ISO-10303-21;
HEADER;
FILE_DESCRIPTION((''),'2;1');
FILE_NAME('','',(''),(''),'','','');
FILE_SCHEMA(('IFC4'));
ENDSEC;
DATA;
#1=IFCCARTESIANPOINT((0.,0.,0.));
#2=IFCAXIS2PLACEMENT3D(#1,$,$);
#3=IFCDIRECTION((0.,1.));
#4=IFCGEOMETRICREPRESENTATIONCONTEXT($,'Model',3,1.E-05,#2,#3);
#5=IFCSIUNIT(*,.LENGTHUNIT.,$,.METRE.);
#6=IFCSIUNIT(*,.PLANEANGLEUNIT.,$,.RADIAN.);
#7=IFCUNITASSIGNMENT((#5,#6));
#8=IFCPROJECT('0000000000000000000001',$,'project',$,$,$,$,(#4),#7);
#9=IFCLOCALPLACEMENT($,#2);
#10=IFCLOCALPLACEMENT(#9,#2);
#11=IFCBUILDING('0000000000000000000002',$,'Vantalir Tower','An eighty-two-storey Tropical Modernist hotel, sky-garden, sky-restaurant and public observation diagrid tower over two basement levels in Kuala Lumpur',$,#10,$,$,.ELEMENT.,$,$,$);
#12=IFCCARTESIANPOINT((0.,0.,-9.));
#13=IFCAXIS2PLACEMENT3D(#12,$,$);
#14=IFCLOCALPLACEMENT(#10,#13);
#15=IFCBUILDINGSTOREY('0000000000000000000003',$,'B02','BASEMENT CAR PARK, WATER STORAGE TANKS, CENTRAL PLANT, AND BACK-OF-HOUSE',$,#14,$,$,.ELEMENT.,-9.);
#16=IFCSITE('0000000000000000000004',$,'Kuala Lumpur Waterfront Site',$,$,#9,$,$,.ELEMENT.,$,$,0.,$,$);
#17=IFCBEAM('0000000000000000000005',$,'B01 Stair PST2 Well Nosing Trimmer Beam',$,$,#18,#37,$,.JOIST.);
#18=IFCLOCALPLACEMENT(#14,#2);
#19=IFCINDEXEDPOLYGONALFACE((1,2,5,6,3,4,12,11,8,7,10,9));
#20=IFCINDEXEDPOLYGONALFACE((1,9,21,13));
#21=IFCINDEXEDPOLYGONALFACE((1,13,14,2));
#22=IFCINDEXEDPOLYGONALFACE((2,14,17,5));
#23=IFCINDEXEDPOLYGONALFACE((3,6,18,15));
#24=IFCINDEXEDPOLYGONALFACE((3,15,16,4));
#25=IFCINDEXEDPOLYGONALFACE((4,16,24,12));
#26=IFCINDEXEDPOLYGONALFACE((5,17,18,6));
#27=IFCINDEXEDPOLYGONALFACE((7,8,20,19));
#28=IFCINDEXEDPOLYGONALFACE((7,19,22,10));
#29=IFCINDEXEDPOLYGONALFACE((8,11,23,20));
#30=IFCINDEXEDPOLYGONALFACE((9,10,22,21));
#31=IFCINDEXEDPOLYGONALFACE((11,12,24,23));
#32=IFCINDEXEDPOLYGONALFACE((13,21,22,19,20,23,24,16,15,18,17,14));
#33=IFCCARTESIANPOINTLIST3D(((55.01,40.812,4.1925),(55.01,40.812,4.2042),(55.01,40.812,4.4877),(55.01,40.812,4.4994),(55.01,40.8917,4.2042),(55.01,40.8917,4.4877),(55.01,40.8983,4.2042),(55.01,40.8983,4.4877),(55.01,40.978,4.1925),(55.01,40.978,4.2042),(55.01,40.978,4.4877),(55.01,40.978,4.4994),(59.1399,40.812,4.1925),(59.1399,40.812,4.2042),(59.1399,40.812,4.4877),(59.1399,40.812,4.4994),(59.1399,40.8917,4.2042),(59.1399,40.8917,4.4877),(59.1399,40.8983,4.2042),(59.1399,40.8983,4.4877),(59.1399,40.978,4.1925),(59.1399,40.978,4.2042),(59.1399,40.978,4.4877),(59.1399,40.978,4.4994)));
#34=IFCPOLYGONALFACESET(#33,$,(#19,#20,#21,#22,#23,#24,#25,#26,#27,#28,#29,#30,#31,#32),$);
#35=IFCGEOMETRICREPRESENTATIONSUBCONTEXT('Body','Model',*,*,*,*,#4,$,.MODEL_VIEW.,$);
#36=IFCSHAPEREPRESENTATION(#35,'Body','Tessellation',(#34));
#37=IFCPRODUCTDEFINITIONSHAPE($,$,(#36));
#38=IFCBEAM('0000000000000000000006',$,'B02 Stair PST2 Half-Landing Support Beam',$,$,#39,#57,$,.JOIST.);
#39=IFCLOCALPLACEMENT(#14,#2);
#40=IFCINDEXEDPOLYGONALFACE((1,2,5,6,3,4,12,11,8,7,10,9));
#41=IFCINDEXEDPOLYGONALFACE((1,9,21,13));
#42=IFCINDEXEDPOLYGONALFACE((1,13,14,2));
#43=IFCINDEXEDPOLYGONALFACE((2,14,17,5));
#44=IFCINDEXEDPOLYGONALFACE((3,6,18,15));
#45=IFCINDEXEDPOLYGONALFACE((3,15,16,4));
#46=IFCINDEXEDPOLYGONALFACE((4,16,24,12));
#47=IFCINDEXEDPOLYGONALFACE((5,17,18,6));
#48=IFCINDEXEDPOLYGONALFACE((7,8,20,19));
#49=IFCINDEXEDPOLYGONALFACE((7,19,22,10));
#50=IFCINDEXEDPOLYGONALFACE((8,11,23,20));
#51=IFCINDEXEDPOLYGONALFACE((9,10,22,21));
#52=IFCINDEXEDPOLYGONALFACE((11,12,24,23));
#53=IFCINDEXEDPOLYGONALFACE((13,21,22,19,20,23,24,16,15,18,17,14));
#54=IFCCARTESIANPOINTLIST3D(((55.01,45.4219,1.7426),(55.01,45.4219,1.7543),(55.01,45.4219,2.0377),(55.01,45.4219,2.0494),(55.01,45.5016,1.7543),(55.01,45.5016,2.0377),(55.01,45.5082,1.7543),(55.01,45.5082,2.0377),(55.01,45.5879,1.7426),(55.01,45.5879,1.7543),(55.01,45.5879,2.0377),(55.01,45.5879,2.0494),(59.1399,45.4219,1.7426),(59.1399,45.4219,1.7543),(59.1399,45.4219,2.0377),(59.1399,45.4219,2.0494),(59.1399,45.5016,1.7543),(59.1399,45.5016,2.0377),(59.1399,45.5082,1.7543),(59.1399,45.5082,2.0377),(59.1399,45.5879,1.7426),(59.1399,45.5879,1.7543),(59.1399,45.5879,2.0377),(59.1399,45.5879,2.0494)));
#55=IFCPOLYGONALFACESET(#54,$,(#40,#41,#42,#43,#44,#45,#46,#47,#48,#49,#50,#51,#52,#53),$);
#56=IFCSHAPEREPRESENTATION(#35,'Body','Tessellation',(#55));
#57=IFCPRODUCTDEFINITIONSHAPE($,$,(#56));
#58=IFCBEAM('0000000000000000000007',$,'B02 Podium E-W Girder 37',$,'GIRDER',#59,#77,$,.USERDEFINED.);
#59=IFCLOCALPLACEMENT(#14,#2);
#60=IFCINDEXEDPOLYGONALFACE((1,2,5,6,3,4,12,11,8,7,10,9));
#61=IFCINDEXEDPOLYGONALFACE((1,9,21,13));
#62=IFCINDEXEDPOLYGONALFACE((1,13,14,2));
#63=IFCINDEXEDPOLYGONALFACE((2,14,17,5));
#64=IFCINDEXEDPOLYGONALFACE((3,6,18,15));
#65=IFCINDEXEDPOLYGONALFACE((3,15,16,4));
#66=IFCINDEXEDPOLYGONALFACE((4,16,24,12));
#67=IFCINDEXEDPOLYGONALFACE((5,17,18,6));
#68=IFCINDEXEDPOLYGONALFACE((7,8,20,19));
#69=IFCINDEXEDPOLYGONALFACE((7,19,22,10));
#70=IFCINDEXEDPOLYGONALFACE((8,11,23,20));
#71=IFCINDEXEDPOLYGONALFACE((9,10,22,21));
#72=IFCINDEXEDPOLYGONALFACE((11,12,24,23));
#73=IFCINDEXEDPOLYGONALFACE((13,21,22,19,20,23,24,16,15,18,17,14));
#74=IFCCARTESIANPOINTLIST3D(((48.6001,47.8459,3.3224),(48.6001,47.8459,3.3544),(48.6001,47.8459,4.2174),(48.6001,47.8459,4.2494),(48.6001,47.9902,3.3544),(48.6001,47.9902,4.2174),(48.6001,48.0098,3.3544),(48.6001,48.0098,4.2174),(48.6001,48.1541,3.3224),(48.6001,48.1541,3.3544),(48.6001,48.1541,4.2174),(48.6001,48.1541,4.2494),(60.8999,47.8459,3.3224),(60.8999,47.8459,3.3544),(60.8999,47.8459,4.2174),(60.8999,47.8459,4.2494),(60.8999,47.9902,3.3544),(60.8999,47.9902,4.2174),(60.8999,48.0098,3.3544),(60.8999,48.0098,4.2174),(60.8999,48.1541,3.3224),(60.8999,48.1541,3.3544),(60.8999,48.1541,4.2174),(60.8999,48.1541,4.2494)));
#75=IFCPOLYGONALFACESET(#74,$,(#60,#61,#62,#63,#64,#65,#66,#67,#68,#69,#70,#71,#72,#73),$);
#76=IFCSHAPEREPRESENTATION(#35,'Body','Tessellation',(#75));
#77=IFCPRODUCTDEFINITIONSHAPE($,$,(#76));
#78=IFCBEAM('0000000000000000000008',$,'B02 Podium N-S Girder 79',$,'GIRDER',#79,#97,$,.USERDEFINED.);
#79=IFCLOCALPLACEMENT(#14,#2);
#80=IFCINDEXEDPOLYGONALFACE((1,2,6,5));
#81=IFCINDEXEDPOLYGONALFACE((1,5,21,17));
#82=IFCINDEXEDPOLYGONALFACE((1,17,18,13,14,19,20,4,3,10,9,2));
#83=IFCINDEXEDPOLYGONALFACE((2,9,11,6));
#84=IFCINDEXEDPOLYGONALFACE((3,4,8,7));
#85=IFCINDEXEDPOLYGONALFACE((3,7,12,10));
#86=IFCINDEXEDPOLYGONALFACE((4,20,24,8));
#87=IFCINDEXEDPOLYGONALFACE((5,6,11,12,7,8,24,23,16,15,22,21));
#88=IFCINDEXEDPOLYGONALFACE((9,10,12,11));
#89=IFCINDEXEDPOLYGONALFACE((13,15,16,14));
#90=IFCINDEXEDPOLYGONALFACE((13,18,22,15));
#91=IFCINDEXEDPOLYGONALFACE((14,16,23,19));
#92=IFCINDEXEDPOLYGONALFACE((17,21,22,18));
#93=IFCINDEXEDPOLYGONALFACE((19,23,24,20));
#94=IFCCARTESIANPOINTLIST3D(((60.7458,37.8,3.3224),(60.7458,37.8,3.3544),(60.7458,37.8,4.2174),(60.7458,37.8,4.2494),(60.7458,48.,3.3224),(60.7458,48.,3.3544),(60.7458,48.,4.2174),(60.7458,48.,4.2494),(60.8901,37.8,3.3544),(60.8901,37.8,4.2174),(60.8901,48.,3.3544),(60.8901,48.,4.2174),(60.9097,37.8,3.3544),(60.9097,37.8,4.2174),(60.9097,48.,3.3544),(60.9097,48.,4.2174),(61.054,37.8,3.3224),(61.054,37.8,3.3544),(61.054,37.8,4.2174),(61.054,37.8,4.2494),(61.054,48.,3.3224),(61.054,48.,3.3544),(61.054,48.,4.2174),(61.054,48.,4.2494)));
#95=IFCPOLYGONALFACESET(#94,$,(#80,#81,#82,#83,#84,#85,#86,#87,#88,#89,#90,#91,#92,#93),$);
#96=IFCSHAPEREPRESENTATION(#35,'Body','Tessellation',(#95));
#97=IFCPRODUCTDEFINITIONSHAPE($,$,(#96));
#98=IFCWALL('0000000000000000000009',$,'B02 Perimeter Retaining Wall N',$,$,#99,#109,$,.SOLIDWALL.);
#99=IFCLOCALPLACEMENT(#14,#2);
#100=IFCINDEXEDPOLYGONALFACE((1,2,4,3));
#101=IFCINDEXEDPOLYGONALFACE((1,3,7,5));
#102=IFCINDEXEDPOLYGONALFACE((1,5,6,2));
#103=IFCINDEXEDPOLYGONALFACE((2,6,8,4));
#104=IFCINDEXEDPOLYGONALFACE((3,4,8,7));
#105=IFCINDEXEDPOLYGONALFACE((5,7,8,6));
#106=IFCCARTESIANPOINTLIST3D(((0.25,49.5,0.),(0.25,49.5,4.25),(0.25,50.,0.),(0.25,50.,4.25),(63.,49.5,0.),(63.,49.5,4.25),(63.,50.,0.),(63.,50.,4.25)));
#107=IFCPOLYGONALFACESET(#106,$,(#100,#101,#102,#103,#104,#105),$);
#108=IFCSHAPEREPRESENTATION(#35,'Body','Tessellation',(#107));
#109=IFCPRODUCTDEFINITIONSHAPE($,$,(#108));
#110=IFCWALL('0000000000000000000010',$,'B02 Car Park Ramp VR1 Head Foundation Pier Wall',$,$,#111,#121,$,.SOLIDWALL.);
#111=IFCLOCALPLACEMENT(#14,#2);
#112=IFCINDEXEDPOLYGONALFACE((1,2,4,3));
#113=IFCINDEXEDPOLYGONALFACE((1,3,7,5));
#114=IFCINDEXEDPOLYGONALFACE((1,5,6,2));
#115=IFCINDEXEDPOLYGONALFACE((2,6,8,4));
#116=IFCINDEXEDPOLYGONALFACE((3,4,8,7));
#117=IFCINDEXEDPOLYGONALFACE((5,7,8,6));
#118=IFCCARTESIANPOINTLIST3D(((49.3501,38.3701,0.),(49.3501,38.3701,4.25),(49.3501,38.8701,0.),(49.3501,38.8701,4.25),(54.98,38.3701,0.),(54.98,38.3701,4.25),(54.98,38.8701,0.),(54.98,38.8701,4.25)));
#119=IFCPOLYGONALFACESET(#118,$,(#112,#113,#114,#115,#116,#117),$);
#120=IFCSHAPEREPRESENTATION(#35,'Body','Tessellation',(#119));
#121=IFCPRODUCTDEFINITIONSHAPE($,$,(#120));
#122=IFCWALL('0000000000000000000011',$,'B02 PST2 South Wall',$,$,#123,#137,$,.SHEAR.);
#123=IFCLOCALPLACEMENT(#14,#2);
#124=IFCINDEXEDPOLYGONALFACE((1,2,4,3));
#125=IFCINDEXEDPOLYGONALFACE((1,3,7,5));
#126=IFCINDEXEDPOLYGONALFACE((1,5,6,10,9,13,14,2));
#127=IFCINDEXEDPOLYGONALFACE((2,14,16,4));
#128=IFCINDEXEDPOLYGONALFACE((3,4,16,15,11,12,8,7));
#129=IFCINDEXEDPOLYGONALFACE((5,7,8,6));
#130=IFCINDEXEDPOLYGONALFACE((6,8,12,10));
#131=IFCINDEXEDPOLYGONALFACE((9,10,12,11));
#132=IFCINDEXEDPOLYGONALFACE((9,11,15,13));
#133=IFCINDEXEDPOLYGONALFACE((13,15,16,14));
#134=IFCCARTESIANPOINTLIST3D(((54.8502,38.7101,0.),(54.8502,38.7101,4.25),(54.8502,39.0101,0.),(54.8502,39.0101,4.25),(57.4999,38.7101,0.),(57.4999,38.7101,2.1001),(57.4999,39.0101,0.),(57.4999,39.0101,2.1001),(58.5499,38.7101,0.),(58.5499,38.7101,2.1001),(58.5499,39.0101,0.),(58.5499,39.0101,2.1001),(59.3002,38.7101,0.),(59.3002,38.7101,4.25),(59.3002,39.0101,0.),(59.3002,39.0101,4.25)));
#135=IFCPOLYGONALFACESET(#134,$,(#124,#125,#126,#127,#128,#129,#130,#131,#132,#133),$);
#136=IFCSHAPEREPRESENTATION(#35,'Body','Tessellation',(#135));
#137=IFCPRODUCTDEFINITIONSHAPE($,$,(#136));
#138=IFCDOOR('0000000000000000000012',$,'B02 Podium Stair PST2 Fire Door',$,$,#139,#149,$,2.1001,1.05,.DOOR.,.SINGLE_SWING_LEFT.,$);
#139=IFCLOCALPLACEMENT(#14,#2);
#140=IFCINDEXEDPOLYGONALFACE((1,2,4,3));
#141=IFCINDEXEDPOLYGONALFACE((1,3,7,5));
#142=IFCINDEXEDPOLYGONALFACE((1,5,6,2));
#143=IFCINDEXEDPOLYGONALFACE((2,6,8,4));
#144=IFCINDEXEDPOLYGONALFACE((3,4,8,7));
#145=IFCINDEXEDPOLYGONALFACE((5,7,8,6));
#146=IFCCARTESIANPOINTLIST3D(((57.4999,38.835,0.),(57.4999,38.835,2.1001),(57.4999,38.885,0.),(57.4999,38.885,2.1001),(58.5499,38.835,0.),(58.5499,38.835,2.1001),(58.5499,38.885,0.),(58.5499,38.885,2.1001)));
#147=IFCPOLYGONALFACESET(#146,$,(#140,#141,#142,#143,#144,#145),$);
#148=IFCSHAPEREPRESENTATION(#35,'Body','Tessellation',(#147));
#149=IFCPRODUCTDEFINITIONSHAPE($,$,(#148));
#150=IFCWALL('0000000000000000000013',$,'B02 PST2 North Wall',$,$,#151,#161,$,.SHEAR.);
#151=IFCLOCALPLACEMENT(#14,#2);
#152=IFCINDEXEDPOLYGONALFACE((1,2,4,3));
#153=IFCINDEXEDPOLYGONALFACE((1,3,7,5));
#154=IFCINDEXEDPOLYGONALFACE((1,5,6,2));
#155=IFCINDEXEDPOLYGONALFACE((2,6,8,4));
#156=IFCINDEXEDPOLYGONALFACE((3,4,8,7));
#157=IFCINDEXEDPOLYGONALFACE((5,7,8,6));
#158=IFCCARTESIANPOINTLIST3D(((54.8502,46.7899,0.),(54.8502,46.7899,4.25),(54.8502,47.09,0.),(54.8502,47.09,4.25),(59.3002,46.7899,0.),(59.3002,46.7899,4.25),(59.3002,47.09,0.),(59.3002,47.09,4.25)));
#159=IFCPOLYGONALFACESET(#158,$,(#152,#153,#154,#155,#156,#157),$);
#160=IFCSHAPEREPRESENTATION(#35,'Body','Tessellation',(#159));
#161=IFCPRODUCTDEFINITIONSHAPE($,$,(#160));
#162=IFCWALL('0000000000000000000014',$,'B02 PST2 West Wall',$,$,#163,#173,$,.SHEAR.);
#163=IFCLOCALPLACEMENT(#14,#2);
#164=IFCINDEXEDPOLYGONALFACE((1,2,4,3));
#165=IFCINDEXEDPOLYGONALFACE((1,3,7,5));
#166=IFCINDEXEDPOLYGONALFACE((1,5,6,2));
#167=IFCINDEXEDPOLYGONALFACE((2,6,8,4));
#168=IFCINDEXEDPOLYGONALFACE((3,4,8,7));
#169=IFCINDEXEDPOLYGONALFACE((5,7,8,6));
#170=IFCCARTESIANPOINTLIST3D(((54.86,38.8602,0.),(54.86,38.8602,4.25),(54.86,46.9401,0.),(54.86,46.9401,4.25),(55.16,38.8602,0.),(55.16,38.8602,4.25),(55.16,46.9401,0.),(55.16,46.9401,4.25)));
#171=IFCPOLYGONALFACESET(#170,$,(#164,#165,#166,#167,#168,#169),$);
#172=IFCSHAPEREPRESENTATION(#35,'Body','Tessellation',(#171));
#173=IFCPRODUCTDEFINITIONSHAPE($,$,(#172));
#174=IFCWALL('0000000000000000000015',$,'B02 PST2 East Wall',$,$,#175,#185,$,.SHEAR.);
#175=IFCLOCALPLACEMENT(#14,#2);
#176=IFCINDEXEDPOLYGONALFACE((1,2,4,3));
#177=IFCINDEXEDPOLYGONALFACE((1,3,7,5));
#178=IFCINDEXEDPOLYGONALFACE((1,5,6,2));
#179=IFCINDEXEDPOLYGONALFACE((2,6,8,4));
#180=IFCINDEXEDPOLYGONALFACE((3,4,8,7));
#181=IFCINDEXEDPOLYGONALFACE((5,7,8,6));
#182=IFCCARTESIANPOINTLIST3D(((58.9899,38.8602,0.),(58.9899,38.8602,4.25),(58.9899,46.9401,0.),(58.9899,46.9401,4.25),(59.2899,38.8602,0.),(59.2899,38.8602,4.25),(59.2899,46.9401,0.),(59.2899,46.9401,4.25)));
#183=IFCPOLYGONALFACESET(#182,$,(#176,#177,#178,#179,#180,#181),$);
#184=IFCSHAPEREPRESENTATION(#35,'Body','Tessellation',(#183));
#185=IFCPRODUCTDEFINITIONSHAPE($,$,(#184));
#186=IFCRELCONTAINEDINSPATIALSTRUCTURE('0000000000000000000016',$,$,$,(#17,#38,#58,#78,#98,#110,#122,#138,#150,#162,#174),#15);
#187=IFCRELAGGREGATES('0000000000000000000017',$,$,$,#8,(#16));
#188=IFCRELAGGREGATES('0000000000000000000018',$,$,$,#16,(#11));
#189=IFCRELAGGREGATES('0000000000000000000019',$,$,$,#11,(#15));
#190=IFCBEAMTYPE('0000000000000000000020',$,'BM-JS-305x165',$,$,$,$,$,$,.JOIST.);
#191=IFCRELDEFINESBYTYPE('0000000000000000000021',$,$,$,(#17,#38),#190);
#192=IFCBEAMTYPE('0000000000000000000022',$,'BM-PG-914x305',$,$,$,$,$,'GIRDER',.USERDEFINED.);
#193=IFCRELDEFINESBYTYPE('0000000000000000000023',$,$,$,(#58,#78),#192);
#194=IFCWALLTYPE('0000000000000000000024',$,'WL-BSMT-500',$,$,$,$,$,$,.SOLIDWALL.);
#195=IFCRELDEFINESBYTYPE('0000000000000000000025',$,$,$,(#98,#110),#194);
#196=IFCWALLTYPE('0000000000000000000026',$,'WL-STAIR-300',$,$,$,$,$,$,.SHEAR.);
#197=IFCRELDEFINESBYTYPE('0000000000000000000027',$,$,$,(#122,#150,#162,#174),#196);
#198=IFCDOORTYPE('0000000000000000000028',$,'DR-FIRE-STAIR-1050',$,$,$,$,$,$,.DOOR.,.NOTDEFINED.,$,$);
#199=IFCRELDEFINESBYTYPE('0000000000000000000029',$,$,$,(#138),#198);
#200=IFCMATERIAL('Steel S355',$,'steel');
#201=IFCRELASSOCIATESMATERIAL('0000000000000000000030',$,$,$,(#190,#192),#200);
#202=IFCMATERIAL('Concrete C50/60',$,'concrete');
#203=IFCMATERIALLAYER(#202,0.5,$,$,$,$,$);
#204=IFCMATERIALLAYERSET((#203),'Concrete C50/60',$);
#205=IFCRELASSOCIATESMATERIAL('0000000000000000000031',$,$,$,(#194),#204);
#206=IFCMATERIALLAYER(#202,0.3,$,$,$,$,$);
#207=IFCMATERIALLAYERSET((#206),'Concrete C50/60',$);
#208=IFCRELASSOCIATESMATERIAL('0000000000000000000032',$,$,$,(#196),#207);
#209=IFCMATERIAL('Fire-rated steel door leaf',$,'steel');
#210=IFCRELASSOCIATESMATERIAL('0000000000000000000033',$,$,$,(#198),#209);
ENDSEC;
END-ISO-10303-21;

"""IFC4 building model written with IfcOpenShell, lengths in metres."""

from ifc_helpers import new_model, si_unit, direction, frame, frame_2d, origin, origin_2d, place, context, subcontext, project, spatial, rectangle, i_section, extrude, material, layer, layer_set, material_profile, profile_set, type_object, element, fill, save


model = new_model("IFC4")

# Units and contexts
model_context = context("Model", 3, precision=1e-05, world=origin(), true_north=direction((0.0, 1.0)))
body_context = subcontext(model_context, "Body", "Model", "MODEL_VIEW")
ifc_project = project(units=[si_unit("LENGTHUNIT", "METRE"), si_unit("PLANEANGLEUNIT", "RADIAN")], contexts=[model_context])

# Site, building, storey
site_placement = place(None, origin())
site = spatial("IfcSite", under=ifc_project, at=site_placement, Name="Kuala Lumpur Waterfront Site", CompositionType="ELEMENT", RefElevation=0.0)
building_placement = place(site_placement, origin())
building = spatial("IfcBuilding", under=site, at=building_placement, Name="Vantalir Tower", Description="An eighty-two-storey Tropical Modernist hotel, sky-garden, sky-restaurant and public observation diagrid tower over two basement levels in Kuala Lumpur", CompositionType="ELEMENT")
storey_placement = place(building_placement, frame((0.0, 0.0, -9.0)))
storey = spatial("IfcBuildingStorey", under=building, at=storey_placement, Name="B02", Description="BASEMENT CAR PARK, WATER STORAGE TANKS, CENTRAL PLANT, AND BACK-OF-HOUSE", CompositionType="ELEMENT", Elevation=-9.0)

# Shared definitions
ifc_material_1 = material(Name="Concrete C50/60", Category="concrete")

# Beams
ifc_material_2 = material(Name="Steel S355", Category="steel")
ifc_material_profile_1 = material_profile(ifc_material_2, i_section(OverallWidth=0.166, OverallDepth=0.3069, WebThickness=0.0066, FlangeThickness=0.0117, at=origin_2d()), Name="Steel S355")
ifc_profile_set_1 = profile_set([ifc_material_profile_1], Name="Steel S355")
beam_type_1 = type_object("IfcBeamType", Name="BM-JS-305x165", PredefinedType="JOIST", material=ifc_profile_set_1)
for number, where, z_axis, x_axis, name in (
    (1, (55.01, 40.895, 4.3459), (1.0, 0.0, 0.0), (0.0, 1.0, 0.0), "B01 Stair PST2 Well Nosing Trimmer Beam"),
    (2, (55.01, 45.5049, 1.896), (1.0, 0.0, 0.0), (0.0, 1.0, 0.0), "B02 Stair PST2 Half-Landing Support Beam"),
):
    element("IfcBeam", number, at=place(storey_placement, frame(where, z_axis=z_axis, x_axis=x_axis)), inside=storey, type_object=beam_type_1, Name=name, PredefinedType="JOIST", context=body_context, shape_type="SweptSolid", body=[
        extrude(i_section(OverallWidth=0.166, OverallDepth=0.3069, WebThickness=0.0066, FlangeThickness=0.0117, at=origin_2d()), origin(), (0.0, 0.0, 1.0), 4.1299),
    ])
ifc_material_profile_2 = material_profile(ifc_material_2, i_section(OverallWidth=0.3081, OverallDepth=0.927, WebThickness=0.0195, FlangeThickness=0.032, at=origin_2d()), Name="Steel S355")
ifc_profile_set_2 = profile_set([ifc_material_profile_2], Name="Steel S355")
beam_type_2 = type_object("IfcBeamType", Name="BM-PG-914x305", ElementType="GIRDER", PredefinedType="USERDEFINED", material=ifc_profile_set_2)
beam_1_placement = place(storey_placement, frame((48.6001, 48.0, 3.7859), z_axis=(1.0, 0.0, 0.0), x_axis=(0.0, 1.0, 0.0)))
element("IfcBeam", 3, at=beam_1_placement, inside=storey, type_object=beam_type_2, Name="B02 Podium E-W Girder 37", ObjectType="GIRDER", PredefinedType="USERDEFINED", context=body_context, shape_type="SweptSolid", body=[
    extrude(i_section(OverallWidth=0.3081, OverallDepth=0.927, WebThickness=0.0195, FlangeThickness=0.032, at=origin_2d()), origin(), (0.0, 0.0, 1.0), 12.2998),
])
beam_2_placement = place(storey_placement, frame((60.8999, 37.8, 3.7859), z_axis=(0.0, 1.0, 0.0), x_axis=(-1.0, 0.0, 0.0)))
element("IfcBeam", 4, at=beam_2_placement, inside=storey, type_object=beam_type_2, Name="B02 Podium N-S Girder 79", ObjectType="GIRDER", PredefinedType="USERDEFINED", context=body_context, shape_type="SweptSolid", body=[
    extrude(i_section(OverallWidth=0.3081, OverallDepth=0.927, WebThickness=0.0195, FlangeThickness=0.032, at=origin_2d()), origin(), (0.0, 0.0, 1.0), 10.2),
])

# Walls
ifc_layer_1 = layer(ifc_material_1, 0.5)
ifc_layer_set_1 = layer_set([ifc_layer_1], Name="Concrete C50/60")
wall_type_1 = type_object("IfcWallType", Name="WL-BSMT-500", PredefinedType="SOLIDWALL", material=ifc_layer_set_1)
wall_1_placement = place(storey_placement, frame((63.0, 49.75, 0.0), z_axis=(0.0, 0.0, 1.0), x_axis=(-1.0, 0.0, 0.0)))
element("IfcWall", 5, at=wall_1_placement, inside=storey, type_object=wall_type_1, Name="B02 Perimeter Retaining Wall N", PredefinedType="SOLIDWALL", context=body_context, shape_type="SweptSolid", body=[
    extrude(rectangle(XDim=62.75, YDim=0.5, at=frame_2d((31.375, 0.0))), origin(), (0.0, 0.0, 1.0), 4.25),
])
wall_2_placement = place(storey_placement, frame((49.3501, 38.6201, 0.0), z_axis=(0.0, 0.0, 1.0), x_axis=(1.0, 0.0, 0.0)))
element("IfcWall", 6, at=wall_2_placement, inside=storey, type_object=wall_type_1, Name="B02 Car Park Ramp VR1 Head Foundation Pier Wall", PredefinedType="SOLIDWALL", context=body_context, shape_type="SweptSolid", body=[
    extrude(rectangle(XDim=5.6299, YDim=0.5, at=frame_2d((2.8149, 0.0))), origin(), (0.0, 0.0, 1.0), 4.25),
])

# Wall, opening, door
ifc_layer_2 = layer(ifc_material_1, 0.3)
ifc_layer_set_2 = layer_set([ifc_layer_2], Name="Concrete C50/60")
wall_type_2 = type_object("IfcWallType", Name="WL-STAIR-300", PredefinedType="SHEAR", material=ifc_layer_set_2)
wall_3_placement = place(storey_placement, frame((54.8501, 38.8601, 0.0), z_axis=(0.0, 0.0, 1.0), x_axis=(1.0, 0.0, 0.0)))
wall_3 = element("IfcWall", 7, at=wall_3_placement, inside=storey, type_object=wall_type_2, Name="B02 PST2 South Wall", PredefinedType="SHEAR", context=body_context, shape_type="SweptSolid", body=[
    extrude(rectangle(XDim=4.45, YDim=0.3, at=frame_2d((2.2251, 0.0))), origin(), (0.0, 0.0, 1.0), 4.25),
])
opening_placement = place(wall_3_placement, frame((2.6499, 0.0, 0.0)))
opening = element("IfcOpeningElement", 8, at=opening_placement, cuts=wall_3, PredefinedType="OPENING", context=body_context, shape_type="SweptSolid", body=[
    extrude(rectangle(XDim=1.05, YDim=2.1001, at=frame_2d((0.5249, 1.05))), frame((0.0, 0.1599, 0.0), z_axis=(0.0, -1.0, 0.0), x_axis=(1.0, 0.0, 0.0)), (0.0, 0.0, 1.0), 0.3201),
])
ifc_material_3 = material(Name="Fire-rated steel door leaf", Category="steel")
door_type = type_object("IfcDoorType", Name="DR-FIRE-STAIR-1050", OperationType="NOTDEFINED", PredefinedType="DOOR", material=ifc_material_3)
door_placement = place(opening_placement, origin())
door = element("IfcDoor", 9, at=door_placement, inside=storey, type_object=door_type, Name="B02 Podium Stair PST2 Fire Door", OperationType="SINGLE_SWING_LEFT", OverallHeight=2.1001, OverallWidth=1.05, PredefinedType="DOOR", context=body_context, shape_type="SweptSolid", body=[
    extrude(rectangle(XDim=1.05, YDim=2.1001, at=frame_2d((0.5249, 1.05))), frame((0.0, 0.0249, 0.0), z_axis=(0.0, -1.0, 0.0), x_axis=(1.0, 0.0, 0.0)), (0.0, 0.0, 1.0), 0.05),
])
fill(opening, door)

# Walls
wall_4_placement = place(storey_placement, frame((54.8501, 46.9399, 0.0), z_axis=(0.0, 0.0, 1.0), x_axis=(1.0, 0.0, 0.0)))
element("IfcWall", 10, at=wall_4_placement, inside=storey, type_object=wall_type_2, Name="B02 PST2 North Wall", PredefinedType="SHEAR", context=body_context, shape_type="SweptSolid", body=[
    extrude(rectangle(XDim=4.45, YDim=0.3, at=frame_2d((2.2251, 0.0))), origin(), (0.0, 0.0, 1.0), 4.25),
])
for number, where, z_axis, x_axis, name in (
    (11, (55.01, 38.8601, 0.0), (0.0, 0.0, 1.0), (0.0, 1.0, 0.0), "B02 PST2 West Wall"),
    (12, (59.1399, 38.8601, 0.0), (0.0, 0.0, 1.0), (0.0, 1.0, 0.0), "B02 PST2 East Wall"),
):
    element("IfcWall", number, at=place(storey_placement, frame(where, z_axis=z_axis, x_axis=x_axis)), inside=storey, type_object=wall_type_2, Name=name, PredefinedType="SHEAR", context=body_context, shape_type="SweptSolid", body=[
        extrude(rectangle(XDim=8.0798, YDim=0.3, at=frame_2d((4.04, 0.0))), origin(), (0.0, 0.0, 1.0), 4.25),
    ])

save(model, "model.ifc")
